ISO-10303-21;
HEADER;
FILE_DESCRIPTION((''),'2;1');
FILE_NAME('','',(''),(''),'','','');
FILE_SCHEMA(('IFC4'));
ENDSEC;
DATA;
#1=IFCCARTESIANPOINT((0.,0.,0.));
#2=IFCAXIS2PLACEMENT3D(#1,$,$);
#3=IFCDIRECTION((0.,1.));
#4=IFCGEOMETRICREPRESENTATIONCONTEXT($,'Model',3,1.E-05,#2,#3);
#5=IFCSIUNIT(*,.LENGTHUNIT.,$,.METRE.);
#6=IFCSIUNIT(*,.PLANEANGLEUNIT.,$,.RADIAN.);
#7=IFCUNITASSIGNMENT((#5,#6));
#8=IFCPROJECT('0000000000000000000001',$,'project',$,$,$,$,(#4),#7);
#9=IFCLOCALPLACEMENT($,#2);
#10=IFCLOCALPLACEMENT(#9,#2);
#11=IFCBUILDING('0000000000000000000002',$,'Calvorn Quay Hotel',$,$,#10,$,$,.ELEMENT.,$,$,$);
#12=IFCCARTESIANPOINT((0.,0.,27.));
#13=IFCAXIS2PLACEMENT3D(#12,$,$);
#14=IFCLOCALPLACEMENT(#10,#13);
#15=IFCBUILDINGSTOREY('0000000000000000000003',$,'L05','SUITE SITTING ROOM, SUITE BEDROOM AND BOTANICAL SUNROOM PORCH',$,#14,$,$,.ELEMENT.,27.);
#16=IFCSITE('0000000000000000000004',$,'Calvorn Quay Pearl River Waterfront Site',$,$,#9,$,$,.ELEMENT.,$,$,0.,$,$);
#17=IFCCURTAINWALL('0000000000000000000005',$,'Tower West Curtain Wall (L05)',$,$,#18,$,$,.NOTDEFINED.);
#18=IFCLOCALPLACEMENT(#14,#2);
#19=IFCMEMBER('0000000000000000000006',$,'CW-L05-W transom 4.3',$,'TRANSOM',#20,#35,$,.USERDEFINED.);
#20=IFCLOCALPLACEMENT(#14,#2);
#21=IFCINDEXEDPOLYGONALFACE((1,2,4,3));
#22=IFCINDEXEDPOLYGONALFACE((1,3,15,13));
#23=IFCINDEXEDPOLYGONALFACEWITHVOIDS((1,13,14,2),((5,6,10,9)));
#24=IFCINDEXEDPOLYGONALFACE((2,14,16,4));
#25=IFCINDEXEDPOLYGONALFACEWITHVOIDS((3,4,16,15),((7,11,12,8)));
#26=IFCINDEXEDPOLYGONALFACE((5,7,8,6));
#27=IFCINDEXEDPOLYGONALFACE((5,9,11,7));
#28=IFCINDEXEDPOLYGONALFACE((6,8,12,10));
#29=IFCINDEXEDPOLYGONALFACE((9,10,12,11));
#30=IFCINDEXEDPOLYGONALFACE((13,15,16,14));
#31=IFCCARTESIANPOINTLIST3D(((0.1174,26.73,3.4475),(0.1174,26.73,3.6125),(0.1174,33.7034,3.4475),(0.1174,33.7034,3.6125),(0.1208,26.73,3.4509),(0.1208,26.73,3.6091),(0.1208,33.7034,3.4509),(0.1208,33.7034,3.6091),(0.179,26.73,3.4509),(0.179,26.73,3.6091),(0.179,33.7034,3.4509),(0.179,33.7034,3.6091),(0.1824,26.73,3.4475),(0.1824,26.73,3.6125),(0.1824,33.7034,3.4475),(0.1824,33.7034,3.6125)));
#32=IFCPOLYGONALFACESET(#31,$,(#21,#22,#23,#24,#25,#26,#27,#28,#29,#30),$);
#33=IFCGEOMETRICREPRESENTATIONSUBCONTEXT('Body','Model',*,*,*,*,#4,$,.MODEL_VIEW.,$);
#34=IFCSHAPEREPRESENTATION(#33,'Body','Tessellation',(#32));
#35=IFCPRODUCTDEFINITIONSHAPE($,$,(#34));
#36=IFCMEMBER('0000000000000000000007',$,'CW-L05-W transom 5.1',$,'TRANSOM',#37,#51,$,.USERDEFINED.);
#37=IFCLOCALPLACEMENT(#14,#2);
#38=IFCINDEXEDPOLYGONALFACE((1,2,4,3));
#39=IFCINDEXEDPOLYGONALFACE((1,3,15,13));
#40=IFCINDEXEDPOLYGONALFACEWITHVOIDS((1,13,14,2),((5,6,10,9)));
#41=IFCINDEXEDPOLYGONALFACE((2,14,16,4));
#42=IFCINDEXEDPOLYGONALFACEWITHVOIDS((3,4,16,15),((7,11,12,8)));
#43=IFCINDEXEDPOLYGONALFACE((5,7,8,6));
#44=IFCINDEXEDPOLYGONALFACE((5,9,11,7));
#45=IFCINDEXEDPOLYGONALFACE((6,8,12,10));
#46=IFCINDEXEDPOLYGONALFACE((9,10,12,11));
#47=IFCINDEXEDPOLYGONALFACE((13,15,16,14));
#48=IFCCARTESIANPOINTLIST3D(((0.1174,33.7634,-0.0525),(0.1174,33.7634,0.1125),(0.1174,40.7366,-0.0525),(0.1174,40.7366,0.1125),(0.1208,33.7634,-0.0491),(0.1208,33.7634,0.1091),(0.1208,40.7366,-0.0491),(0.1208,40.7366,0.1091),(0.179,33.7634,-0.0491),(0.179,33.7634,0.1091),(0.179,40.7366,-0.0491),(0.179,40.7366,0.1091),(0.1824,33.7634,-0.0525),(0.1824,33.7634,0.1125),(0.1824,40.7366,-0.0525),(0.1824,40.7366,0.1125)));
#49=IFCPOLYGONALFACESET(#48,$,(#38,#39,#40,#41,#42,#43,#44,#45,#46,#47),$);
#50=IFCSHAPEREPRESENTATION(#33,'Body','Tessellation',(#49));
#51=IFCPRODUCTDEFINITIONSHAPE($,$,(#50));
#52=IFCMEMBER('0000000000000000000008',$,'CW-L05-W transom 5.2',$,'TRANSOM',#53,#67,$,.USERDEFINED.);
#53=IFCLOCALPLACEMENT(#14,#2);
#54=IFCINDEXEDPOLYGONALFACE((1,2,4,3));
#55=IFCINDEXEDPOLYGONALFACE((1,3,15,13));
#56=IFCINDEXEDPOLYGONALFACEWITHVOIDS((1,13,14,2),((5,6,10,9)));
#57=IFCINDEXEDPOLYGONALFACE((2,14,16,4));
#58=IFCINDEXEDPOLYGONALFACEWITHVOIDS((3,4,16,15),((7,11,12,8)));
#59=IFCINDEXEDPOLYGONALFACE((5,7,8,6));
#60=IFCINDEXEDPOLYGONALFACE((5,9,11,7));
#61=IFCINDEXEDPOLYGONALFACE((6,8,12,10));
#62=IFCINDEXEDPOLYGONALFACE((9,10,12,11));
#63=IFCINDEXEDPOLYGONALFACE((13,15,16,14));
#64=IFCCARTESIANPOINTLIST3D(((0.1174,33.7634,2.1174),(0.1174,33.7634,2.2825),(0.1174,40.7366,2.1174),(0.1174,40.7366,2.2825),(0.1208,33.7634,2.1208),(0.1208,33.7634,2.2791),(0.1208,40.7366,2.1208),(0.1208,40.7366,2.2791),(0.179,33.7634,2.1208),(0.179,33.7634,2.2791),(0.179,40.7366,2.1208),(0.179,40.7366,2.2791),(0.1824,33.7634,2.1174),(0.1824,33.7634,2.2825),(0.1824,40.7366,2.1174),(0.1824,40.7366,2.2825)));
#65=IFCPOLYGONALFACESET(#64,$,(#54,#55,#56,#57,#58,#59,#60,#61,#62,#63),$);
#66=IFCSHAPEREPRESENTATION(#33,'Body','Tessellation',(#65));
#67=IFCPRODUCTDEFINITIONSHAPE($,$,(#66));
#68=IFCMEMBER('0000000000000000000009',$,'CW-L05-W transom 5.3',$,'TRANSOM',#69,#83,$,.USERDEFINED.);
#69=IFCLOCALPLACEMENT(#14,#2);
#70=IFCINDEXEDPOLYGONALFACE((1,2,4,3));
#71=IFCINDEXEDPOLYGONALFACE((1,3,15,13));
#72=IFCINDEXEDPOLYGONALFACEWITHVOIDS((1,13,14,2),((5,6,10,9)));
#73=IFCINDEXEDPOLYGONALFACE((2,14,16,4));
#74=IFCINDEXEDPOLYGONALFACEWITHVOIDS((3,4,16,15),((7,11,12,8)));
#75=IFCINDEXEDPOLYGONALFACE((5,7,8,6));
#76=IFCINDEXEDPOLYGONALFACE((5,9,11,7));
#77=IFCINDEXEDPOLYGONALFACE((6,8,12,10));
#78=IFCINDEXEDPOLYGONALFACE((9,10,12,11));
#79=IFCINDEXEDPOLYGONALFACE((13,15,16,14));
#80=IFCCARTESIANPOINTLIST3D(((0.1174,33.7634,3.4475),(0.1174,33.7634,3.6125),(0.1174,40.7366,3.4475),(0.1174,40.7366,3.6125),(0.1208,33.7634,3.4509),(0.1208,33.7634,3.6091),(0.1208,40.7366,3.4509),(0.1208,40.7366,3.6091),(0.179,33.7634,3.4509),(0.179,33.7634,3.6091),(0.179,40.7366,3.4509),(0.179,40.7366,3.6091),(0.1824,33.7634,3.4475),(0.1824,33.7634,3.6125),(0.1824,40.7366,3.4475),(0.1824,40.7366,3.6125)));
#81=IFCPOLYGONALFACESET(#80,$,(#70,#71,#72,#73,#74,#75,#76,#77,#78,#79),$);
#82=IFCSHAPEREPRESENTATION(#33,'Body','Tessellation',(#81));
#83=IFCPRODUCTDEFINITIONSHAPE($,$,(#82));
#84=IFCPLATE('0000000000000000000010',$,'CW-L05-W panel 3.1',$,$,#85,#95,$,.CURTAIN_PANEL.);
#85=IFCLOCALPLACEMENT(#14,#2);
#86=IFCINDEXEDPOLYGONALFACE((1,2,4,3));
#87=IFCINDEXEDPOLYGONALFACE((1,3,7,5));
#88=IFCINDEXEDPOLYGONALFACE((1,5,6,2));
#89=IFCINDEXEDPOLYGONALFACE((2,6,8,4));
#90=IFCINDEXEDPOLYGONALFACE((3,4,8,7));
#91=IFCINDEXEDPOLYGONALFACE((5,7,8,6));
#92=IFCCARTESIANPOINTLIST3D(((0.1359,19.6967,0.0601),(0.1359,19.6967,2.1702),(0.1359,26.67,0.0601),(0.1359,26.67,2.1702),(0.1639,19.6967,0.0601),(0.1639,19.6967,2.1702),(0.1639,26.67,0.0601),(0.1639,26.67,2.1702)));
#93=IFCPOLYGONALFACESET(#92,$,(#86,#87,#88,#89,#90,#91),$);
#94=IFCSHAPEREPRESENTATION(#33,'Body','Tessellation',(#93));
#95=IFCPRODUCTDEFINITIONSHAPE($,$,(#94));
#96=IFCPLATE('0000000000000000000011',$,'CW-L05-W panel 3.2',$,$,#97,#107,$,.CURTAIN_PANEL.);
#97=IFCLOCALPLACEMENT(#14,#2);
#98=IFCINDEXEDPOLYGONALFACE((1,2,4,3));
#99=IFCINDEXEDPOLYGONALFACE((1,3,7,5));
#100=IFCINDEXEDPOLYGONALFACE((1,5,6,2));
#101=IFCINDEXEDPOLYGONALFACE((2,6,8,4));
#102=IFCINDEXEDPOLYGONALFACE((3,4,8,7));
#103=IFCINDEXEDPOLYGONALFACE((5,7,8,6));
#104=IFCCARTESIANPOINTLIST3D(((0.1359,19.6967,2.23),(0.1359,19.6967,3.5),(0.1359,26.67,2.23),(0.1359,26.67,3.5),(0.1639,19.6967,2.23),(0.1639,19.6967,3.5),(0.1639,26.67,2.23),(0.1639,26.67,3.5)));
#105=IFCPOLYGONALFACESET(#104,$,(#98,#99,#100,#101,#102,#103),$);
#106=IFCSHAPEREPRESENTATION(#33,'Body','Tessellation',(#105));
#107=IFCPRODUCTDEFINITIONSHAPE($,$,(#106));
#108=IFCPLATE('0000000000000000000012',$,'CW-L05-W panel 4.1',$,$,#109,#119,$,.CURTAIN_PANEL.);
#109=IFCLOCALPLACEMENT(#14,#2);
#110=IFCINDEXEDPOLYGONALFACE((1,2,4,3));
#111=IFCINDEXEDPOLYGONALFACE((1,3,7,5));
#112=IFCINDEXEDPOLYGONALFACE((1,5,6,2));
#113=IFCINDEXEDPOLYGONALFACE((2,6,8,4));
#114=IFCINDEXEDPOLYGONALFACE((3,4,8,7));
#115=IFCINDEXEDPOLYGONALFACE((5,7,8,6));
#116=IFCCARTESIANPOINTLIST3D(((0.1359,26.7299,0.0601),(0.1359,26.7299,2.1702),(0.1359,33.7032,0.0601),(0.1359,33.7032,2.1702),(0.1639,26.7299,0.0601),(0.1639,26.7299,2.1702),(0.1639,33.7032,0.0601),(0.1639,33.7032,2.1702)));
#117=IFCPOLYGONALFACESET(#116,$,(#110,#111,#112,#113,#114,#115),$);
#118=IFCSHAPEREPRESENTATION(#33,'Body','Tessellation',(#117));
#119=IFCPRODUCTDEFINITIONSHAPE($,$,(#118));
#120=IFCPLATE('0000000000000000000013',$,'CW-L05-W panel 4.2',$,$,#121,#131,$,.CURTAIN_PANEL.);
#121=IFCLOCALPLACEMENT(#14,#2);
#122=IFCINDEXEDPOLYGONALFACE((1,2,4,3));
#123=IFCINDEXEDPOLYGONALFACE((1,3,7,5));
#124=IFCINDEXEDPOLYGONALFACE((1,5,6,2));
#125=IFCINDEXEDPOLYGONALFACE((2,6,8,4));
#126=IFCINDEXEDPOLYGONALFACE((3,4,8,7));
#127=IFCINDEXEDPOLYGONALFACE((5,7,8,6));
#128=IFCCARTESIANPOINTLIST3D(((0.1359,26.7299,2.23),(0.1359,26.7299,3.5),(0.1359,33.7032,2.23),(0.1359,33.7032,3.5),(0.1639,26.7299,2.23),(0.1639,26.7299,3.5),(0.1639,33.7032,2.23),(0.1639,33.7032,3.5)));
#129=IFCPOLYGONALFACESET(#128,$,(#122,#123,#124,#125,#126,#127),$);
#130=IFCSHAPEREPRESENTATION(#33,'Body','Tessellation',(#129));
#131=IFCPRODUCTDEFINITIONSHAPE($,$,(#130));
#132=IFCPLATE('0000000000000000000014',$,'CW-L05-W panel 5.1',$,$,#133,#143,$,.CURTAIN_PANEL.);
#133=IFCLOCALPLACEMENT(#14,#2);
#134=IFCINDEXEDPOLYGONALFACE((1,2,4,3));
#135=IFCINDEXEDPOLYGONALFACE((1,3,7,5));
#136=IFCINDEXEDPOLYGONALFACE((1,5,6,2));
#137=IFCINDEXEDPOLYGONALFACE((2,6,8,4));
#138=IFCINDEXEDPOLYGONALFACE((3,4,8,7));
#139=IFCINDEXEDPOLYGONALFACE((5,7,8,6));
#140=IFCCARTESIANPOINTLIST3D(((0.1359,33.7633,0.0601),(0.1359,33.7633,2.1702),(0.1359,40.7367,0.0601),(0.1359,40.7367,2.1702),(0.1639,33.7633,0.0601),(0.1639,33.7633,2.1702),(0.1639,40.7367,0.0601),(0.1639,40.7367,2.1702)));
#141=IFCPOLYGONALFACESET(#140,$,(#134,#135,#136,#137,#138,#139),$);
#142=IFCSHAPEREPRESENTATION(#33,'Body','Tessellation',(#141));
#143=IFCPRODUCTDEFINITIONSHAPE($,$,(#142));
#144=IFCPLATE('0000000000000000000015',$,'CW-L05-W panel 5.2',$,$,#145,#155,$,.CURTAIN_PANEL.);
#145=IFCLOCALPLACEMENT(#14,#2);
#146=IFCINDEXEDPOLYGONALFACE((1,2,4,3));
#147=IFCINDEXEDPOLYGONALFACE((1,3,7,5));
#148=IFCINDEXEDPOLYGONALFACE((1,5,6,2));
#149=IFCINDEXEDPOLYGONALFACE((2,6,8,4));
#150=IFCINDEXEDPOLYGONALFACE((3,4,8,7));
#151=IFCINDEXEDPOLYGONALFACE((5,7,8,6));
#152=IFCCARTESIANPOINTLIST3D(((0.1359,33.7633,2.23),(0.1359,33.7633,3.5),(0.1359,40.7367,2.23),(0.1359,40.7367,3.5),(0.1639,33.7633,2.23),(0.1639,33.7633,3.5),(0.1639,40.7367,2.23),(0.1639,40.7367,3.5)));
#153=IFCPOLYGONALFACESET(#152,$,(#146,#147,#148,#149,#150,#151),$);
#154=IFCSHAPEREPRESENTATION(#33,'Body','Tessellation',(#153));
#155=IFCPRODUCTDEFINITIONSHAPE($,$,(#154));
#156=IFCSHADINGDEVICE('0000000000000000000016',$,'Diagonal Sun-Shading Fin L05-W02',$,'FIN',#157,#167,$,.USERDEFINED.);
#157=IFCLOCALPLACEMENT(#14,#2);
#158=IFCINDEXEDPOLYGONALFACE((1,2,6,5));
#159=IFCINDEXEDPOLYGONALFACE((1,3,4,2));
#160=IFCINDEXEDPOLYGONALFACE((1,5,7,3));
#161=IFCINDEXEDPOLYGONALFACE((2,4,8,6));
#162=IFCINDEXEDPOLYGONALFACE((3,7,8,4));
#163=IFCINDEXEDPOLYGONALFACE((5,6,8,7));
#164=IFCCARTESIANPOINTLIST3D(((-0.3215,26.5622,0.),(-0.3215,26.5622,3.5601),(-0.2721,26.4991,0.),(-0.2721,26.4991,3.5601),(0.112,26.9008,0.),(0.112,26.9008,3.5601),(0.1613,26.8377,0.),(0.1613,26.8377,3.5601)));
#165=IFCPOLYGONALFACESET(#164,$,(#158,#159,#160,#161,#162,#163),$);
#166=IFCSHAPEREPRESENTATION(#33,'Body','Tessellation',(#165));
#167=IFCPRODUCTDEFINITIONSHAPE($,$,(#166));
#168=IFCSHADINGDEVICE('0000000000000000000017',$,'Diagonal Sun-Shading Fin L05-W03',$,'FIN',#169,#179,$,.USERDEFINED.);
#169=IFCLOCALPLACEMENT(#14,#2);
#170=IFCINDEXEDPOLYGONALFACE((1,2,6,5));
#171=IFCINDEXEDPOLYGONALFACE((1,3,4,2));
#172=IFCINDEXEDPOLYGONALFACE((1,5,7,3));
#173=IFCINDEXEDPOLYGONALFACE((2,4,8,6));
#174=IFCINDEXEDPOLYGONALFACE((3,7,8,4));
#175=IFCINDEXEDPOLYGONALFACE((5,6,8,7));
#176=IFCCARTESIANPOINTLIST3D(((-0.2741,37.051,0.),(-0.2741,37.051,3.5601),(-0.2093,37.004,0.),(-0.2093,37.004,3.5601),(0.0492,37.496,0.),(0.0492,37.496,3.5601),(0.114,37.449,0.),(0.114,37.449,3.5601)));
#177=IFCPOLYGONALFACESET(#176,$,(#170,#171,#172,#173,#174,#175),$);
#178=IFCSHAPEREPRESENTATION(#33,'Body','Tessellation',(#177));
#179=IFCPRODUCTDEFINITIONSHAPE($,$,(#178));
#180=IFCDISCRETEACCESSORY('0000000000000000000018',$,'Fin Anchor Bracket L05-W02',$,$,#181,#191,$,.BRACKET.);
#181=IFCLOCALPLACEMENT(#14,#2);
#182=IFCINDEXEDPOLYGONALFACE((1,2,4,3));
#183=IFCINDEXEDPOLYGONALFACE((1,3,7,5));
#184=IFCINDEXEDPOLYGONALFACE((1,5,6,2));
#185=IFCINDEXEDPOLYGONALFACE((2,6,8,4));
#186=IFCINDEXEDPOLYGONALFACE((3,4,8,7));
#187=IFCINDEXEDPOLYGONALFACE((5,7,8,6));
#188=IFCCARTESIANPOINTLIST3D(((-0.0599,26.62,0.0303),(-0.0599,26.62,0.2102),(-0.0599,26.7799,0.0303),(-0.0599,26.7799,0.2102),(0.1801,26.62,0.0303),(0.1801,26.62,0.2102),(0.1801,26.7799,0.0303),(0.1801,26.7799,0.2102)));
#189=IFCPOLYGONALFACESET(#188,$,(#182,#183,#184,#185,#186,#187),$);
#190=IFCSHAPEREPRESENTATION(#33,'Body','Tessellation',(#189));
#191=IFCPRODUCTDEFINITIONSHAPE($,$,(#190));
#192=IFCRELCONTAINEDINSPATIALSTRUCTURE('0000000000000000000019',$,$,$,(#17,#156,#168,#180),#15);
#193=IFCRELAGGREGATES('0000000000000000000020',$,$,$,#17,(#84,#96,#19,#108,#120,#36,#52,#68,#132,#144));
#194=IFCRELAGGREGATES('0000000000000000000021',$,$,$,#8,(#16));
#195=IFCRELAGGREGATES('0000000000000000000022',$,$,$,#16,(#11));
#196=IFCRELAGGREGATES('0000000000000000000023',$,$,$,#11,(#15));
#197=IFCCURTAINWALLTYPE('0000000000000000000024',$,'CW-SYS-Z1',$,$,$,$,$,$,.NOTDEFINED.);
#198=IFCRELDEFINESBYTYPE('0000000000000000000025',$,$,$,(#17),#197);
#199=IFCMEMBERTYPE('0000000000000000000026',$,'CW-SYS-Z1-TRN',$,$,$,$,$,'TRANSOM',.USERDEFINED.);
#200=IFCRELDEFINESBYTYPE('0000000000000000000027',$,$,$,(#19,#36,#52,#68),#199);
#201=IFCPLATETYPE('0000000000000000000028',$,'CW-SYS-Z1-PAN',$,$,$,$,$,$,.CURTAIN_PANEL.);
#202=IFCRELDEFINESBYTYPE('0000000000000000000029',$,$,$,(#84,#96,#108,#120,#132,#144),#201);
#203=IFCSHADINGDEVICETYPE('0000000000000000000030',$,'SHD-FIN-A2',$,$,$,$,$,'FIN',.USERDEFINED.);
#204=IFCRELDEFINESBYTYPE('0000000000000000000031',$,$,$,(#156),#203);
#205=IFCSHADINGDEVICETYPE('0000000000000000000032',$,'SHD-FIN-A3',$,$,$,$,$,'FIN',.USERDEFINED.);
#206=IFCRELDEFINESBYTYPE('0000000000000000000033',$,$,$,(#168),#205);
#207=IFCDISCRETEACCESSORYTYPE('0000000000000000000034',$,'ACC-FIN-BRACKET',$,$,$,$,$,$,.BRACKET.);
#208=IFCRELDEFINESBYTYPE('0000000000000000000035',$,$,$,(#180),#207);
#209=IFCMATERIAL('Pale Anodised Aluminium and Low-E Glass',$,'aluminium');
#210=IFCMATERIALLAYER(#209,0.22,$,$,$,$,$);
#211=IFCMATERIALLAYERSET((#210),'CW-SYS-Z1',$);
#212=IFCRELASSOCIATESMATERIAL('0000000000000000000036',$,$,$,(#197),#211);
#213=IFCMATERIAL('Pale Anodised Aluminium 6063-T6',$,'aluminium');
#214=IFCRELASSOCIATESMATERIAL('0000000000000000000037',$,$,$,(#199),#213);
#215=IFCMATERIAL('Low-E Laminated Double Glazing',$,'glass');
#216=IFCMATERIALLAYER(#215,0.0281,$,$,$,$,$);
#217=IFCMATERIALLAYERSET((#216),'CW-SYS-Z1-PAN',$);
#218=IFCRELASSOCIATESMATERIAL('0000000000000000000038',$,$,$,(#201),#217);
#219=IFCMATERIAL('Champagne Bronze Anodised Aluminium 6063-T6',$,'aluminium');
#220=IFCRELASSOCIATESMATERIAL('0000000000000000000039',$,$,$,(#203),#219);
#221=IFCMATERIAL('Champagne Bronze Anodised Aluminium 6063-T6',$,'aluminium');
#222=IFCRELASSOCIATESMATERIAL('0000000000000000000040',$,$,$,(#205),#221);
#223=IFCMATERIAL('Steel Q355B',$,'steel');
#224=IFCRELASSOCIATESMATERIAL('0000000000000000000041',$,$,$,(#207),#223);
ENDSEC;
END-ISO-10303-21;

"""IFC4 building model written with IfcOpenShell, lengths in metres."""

from ifc_helpers import new_model, si_unit, direction, frame, origin, origin_2d, place, context, subcontext, project, spatial, rectangle, hollow_rectangle, extrude, material, layer, layer_set, material_profile, profile_set, type_object, element, aggregate, save


model = new_model("IFC4")

# Units and contexts
model_context = context("Model", 3, precision=1e-05, world=origin(), true_north=direction((0.0, 1.0)))
body_context = subcontext(model_context, "Body", "Model", "MODEL_VIEW")
ifc_project = project(units=[si_unit("LENGTHUNIT", "METRE"), si_unit("PLANEANGLEUNIT", "RADIAN")], contexts=[model_context])

# Site, building, storey
site_placement = place(None, origin())
site = spatial("IfcSite", under=ifc_project, at=site_placement, Name="Calvorn Quay Pearl River Waterfront Site", CompositionType="ELEMENT", RefElevation=0.0)
building_placement = place(site_placement, origin())
building = spatial("IfcBuilding", under=site, at=building_placement, Name="Calvorn Quay Hotel", CompositionType="ELEMENT")
storey_placement = place(building_placement, frame((0.0, 0.0, 27.0)))
storey = spatial("IfcBuildingStorey", under=building, at=storey_placement, Name="L05", Description="SUITE SITTING ROOM, SUITE BEDROOM AND BOTANICAL SUNROOM PORCH", CompositionType="ELEMENT", Elevation=27.0)

# Curtain wall, members, plates
ifc_material_1 = material(Name="Pale Anodised Aluminium and Low-E Glass", Category="aluminium")
ifc_layer_1 = layer(ifc_material_1, 0.22)
ifc_layer_set_1 = layer_set([ifc_layer_1], Name="CW-SYS-Z1")
curtain_wall_type = type_object("IfcCurtainWallType", Name="CW-SYS-Z1", PredefinedType="NOTDEFINED", material=ifc_layer_set_1)
curtain_wall_placement = place(storey_placement, origin())
curtain_wall = element("IfcCurtainWall", 1, at=curtain_wall_placement, inside=storey, type_object=curtain_wall_type, Name="Tower West Curtain Wall (L05)", PredefinedType="NOTDEFINED")
ifc_material_2 = material(Name="Pale Anodised Aluminium 6063-T6", Category="aluminium")
ifc_material_profile_1 = material_profile(ifc_material_2, hollow_rectangle(XDim=0.0649, YDim=0.165, WallThickness=0.0034, at=origin_2d()), Name="ALU-T165x65x3.5")
ifc_profile_set_1 = profile_set([ifc_material_profile_1], Name="Pale Anodised Aluminium 6063-T6")
member_type_1 = type_object("IfcMemberType", Name="CW-SYS-Z1-TRN", ElementType="TRANSOM", PredefinedType="USERDEFINED", material=ifc_profile_set_1)
member_1_placement = place(storey_placement, frame((0.1499, 26.73, 3.53), z_axis=(0.0, 1.0, 0.0), x_axis=(-1.0, 0.0, 0.0)))
member_1 = element("IfcMember", 2, at=member_1_placement, type_object=member_type_1, Name="CW-L05-W transom 4.3", ObjectType="TRANSOM", PredefinedType="USERDEFINED", context=body_context, shape_type="SweptSolid", body=[
    extrude(hollow_rectangle(XDim=0.0649, YDim=0.165, WallThickness=0.0034, at=origin_2d()), origin(), (0.0, 0.0, 1.0), 6.9734),
])
member_2_placement = place(storey_placement, frame((0.1499, 33.7634, 0.03), z_axis=(0.0, 1.0, 0.0), x_axis=(-1.0, 0.0, 0.0)))
member_2 = element("IfcMember", 3, at=member_2_placement, type_object=member_type_1, Name="CW-L05-W transom 5.1", ObjectType="TRANSOM", PredefinedType="USERDEFINED", context=body_context, shape_type="SweptSolid", body=[
    extrude(hollow_rectangle(XDim=0.0649, YDim=0.165, WallThickness=0.0034, at=origin_2d()), origin(), (0.0, 0.0, 1.0), 6.9731),
])
member_3_placement = place(storey_placement, frame((0.1499, 33.7634, 2.2), z_axis=(0.0, 1.0, 0.0), x_axis=(-1.0, 0.0, 0.0)))
member_3 = element("IfcMember", 4, at=member_3_placement, type_object=member_type_1, Name="CW-L05-W transom 5.2", ObjectType="TRANSOM", PredefinedType="USERDEFINED", context=body_context, shape_type="SweptSolid", body=[
    extrude(hollow_rectangle(XDim=0.0649, YDim=0.165, WallThickness=0.0034, at=origin_2d()), origin(), (0.0, 0.0, 1.0), 6.9731),
])
member_4_placement = place(storey_placement, frame((0.1499, 33.7634, 3.53), z_axis=(0.0, 1.0, 0.0), x_axis=(-1.0, 0.0, 0.0)))
member_4 = element("IfcMember", 5, at=member_4_placement, type_object=member_type_1, Name="CW-L05-W transom 5.3", ObjectType="TRANSOM", PredefinedType="USERDEFINED", context=body_context, shape_type="SweptSolid", body=[
    extrude(hollow_rectangle(XDim=0.0649, YDim=0.165, WallThickness=0.0034, at=origin_2d()), origin(), (0.0, 0.0, 1.0), 6.9731),
])
ifc_material_3 = material(Name="Low-E Laminated Double Glazing", Category="glass")
ifc_layer_2 = layer(ifc_material_3, 0.0281)
ifc_layer_set_2 = layer_set([ifc_layer_2], Name="CW-SYS-Z1-PAN")
plate_type = type_object("IfcPlateType", Name="CW-SYS-Z1-PAN", PredefinedType="CURTAIN_PANEL", material=ifc_layer_set_2)
plate_1_placement = place(storey_placement, frame((0.1499, 23.1833, 0.0601), z_axis=(0.0, 0.0, 1.0), x_axis=(0.0, 1.0, 0.0)))
plate_1 = element("IfcPlate", 6, at=plate_1_placement, type_object=plate_type, Name="CW-L05-W panel 3.1", PredefinedType="CURTAIN_PANEL", context=body_context, shape_type="SweptSolid", body=[
    extrude(rectangle(XDim=6.9734, YDim=0.0281, at=origin_2d()), origin(), (0.0, 0.0, 1.0), 2.1101),
])
plate_2_placement = place(storey_placement, frame((0.1499, 23.1833, 2.23), z_axis=(0.0, 0.0, 1.0), x_axis=(0.0, 1.0, 0.0)))
plate_2 = element("IfcPlate", 7, at=plate_2_placement, type_object=plate_type, Name="CW-L05-W panel 3.2", PredefinedType="CURTAIN_PANEL", context=body_context, shape_type="SweptSolid", body=[
    extrude(rectangle(XDim=6.9734, YDim=0.0281, at=origin_2d()), origin(), (0.0, 0.0, 1.0), 1.27),
])
plate_3_placement = place(storey_placement, frame((0.1499, 30.2166, 0.0601), z_axis=(0.0, 0.0, 1.0), x_axis=(0.0, 1.0, 0.0)))
plate_3 = element("IfcPlate", 8, at=plate_3_placement, type_object=plate_type, Name="CW-L05-W panel 4.1", PredefinedType="CURTAIN_PANEL", context=body_context, shape_type="SweptSolid", body=[
    extrude(rectangle(XDim=6.9734, YDim=0.0281, at=origin_2d()), origin(), (0.0, 0.0, 1.0), 2.1101),
])
plate_4_placement = place(storey_placement, frame((0.1499, 30.2166, 2.23), z_axis=(0.0, 0.0, 1.0), x_axis=(0.0, 1.0, 0.0)))
plate_4 = element("IfcPlate", 9, at=plate_4_placement, type_object=plate_type, Name="CW-L05-W panel 4.2", PredefinedType="CURTAIN_PANEL", context=body_context, shape_type="SweptSolid", body=[
    extrude(rectangle(XDim=6.9734, YDim=0.0281, at=origin_2d()), origin(), (0.0, 0.0, 1.0), 1.27),
])
plate_5_placement = place(storey_placement, frame((0.1499, 37.25, 0.0601), z_axis=(0.0, 0.0, 1.0), x_axis=(0.0, 1.0, 0.0)))
plate_5 = element("IfcPlate", 10, at=plate_5_placement, type_object=plate_type, Name="CW-L05-W panel 5.1", PredefinedType="CURTAIN_PANEL", context=body_context, shape_type="SweptSolid", body=[
    extrude(rectangle(XDim=6.9734, YDim=0.0281, at=origin_2d()), origin(), (0.0, 0.0, 1.0), 2.1101),
])
plate_6_placement = place(storey_placement, frame((0.1499, 37.25, 2.23), z_axis=(0.0, 0.0, 1.0), x_axis=(0.0, 1.0, 0.0)))
plate_6 = element("IfcPlate", 11, at=plate_6_placement, type_object=plate_type, Name="CW-L05-W panel 5.2", PredefinedType="CURTAIN_PANEL", context=body_context, shape_type="SweptSolid", body=[
    extrude(rectangle(XDim=6.9734, YDim=0.0281, at=origin_2d()), origin(), (0.0, 0.0, 1.0), 1.27),
])
aggregate(curtain_wall, [plate_1, plate_2, member_1, plate_3, plate_4, member_2, member_3, member_4, plate_5, plate_6])

# Shading devices
ifc_material_4 = material(Name="Champagne Bronze Anodised Aluminium 6063-T6", Category="aluminium")
shading_device_type_1 = type_object("IfcShadingDeviceType", Name="SHD-FIN-A2", ElementType="FIN", PredefinedType="USERDEFINED", material=ifc_material_4)
shading_device_1_placement = place(storey_placement, frame((-0.0801, 26.7, 0.0), z_axis=(0.0, 0.0, 1.0), x_axis=(0.788011, 0.615661, 0.0)))
element("IfcShadingDevice", 12, at=shading_device_1_placement, inside=storey, type_object=shading_device_type_1, Name="Diagonal Sun-Shading Fin L05-W02", ObjectType="FIN", PredefinedType="USERDEFINED", context=body_context, shape_type="SweptSolid", body=[
    extrude(rectangle(XDim=0.55, YDim=0.0801, at=origin_2d()), origin(), (0.0, 0.0, 1.0), 3.5601),
])
ifc_material_5 = material(Name="Champagne Bronze Anodised Aluminium 6063-T6", Category="aluminium")
shading_device_type_2 = type_object("IfcShadingDeviceType", Name="SHD-FIN-A3", ElementType="FIN", PredefinedType="USERDEFINED", material=ifc_material_5)
shading_device_2_placement = place(storey_placement, frame((-0.0801, 37.25, 0.0), z_axis=(0.0, 0.0, 1.0), x_axis=(0.587785, 0.809017, 0.0)))
element("IfcShadingDevice", 13, at=shading_device_2_placement, inside=storey, type_object=shading_device_type_2, Name="Diagonal Sun-Shading Fin L05-W03", ObjectType="FIN", PredefinedType="USERDEFINED", context=body_context, shape_type="SweptSolid", body=[
    extrude(rectangle(XDim=0.55, YDim=0.0801, at=origin_2d()), origin(), (0.0, 0.0, 1.0), 3.5601),
])

# Discrete accessory
ifc_material_6 = material(Name="Steel Q355B", Category="steel")
discrete_accessory_type = type_object("IfcDiscreteAccessoryType", Name="ACC-FIN-BRACKET", PredefinedType="BRACKET", material=ifc_material_6)
for number, where, z_axis, x_axis, name in (
    (14, (0.0601, 26.7, 0.0303), (0.0, 0.0, 1.0), (1.0, 0.0, 0.0), "Fin Anchor Bracket L05-W02"),
):
    element("IfcDiscreteAccessory", number, at=place(storey_placement, frame(where, z_axis=z_axis, x_axis=x_axis)), inside=storey, type_object=discrete_accessory_type, Name=name, PredefinedType="BRACKET", context=body_context, shape_type="SweptSolid", body=[
        extrude(rectangle(XDim=0.24, YDim=0.1599, at=origin_2d()), origin(), (0.0, 0.0, 1.0), 0.1799),
    ])

save(model, "model.ifc")
